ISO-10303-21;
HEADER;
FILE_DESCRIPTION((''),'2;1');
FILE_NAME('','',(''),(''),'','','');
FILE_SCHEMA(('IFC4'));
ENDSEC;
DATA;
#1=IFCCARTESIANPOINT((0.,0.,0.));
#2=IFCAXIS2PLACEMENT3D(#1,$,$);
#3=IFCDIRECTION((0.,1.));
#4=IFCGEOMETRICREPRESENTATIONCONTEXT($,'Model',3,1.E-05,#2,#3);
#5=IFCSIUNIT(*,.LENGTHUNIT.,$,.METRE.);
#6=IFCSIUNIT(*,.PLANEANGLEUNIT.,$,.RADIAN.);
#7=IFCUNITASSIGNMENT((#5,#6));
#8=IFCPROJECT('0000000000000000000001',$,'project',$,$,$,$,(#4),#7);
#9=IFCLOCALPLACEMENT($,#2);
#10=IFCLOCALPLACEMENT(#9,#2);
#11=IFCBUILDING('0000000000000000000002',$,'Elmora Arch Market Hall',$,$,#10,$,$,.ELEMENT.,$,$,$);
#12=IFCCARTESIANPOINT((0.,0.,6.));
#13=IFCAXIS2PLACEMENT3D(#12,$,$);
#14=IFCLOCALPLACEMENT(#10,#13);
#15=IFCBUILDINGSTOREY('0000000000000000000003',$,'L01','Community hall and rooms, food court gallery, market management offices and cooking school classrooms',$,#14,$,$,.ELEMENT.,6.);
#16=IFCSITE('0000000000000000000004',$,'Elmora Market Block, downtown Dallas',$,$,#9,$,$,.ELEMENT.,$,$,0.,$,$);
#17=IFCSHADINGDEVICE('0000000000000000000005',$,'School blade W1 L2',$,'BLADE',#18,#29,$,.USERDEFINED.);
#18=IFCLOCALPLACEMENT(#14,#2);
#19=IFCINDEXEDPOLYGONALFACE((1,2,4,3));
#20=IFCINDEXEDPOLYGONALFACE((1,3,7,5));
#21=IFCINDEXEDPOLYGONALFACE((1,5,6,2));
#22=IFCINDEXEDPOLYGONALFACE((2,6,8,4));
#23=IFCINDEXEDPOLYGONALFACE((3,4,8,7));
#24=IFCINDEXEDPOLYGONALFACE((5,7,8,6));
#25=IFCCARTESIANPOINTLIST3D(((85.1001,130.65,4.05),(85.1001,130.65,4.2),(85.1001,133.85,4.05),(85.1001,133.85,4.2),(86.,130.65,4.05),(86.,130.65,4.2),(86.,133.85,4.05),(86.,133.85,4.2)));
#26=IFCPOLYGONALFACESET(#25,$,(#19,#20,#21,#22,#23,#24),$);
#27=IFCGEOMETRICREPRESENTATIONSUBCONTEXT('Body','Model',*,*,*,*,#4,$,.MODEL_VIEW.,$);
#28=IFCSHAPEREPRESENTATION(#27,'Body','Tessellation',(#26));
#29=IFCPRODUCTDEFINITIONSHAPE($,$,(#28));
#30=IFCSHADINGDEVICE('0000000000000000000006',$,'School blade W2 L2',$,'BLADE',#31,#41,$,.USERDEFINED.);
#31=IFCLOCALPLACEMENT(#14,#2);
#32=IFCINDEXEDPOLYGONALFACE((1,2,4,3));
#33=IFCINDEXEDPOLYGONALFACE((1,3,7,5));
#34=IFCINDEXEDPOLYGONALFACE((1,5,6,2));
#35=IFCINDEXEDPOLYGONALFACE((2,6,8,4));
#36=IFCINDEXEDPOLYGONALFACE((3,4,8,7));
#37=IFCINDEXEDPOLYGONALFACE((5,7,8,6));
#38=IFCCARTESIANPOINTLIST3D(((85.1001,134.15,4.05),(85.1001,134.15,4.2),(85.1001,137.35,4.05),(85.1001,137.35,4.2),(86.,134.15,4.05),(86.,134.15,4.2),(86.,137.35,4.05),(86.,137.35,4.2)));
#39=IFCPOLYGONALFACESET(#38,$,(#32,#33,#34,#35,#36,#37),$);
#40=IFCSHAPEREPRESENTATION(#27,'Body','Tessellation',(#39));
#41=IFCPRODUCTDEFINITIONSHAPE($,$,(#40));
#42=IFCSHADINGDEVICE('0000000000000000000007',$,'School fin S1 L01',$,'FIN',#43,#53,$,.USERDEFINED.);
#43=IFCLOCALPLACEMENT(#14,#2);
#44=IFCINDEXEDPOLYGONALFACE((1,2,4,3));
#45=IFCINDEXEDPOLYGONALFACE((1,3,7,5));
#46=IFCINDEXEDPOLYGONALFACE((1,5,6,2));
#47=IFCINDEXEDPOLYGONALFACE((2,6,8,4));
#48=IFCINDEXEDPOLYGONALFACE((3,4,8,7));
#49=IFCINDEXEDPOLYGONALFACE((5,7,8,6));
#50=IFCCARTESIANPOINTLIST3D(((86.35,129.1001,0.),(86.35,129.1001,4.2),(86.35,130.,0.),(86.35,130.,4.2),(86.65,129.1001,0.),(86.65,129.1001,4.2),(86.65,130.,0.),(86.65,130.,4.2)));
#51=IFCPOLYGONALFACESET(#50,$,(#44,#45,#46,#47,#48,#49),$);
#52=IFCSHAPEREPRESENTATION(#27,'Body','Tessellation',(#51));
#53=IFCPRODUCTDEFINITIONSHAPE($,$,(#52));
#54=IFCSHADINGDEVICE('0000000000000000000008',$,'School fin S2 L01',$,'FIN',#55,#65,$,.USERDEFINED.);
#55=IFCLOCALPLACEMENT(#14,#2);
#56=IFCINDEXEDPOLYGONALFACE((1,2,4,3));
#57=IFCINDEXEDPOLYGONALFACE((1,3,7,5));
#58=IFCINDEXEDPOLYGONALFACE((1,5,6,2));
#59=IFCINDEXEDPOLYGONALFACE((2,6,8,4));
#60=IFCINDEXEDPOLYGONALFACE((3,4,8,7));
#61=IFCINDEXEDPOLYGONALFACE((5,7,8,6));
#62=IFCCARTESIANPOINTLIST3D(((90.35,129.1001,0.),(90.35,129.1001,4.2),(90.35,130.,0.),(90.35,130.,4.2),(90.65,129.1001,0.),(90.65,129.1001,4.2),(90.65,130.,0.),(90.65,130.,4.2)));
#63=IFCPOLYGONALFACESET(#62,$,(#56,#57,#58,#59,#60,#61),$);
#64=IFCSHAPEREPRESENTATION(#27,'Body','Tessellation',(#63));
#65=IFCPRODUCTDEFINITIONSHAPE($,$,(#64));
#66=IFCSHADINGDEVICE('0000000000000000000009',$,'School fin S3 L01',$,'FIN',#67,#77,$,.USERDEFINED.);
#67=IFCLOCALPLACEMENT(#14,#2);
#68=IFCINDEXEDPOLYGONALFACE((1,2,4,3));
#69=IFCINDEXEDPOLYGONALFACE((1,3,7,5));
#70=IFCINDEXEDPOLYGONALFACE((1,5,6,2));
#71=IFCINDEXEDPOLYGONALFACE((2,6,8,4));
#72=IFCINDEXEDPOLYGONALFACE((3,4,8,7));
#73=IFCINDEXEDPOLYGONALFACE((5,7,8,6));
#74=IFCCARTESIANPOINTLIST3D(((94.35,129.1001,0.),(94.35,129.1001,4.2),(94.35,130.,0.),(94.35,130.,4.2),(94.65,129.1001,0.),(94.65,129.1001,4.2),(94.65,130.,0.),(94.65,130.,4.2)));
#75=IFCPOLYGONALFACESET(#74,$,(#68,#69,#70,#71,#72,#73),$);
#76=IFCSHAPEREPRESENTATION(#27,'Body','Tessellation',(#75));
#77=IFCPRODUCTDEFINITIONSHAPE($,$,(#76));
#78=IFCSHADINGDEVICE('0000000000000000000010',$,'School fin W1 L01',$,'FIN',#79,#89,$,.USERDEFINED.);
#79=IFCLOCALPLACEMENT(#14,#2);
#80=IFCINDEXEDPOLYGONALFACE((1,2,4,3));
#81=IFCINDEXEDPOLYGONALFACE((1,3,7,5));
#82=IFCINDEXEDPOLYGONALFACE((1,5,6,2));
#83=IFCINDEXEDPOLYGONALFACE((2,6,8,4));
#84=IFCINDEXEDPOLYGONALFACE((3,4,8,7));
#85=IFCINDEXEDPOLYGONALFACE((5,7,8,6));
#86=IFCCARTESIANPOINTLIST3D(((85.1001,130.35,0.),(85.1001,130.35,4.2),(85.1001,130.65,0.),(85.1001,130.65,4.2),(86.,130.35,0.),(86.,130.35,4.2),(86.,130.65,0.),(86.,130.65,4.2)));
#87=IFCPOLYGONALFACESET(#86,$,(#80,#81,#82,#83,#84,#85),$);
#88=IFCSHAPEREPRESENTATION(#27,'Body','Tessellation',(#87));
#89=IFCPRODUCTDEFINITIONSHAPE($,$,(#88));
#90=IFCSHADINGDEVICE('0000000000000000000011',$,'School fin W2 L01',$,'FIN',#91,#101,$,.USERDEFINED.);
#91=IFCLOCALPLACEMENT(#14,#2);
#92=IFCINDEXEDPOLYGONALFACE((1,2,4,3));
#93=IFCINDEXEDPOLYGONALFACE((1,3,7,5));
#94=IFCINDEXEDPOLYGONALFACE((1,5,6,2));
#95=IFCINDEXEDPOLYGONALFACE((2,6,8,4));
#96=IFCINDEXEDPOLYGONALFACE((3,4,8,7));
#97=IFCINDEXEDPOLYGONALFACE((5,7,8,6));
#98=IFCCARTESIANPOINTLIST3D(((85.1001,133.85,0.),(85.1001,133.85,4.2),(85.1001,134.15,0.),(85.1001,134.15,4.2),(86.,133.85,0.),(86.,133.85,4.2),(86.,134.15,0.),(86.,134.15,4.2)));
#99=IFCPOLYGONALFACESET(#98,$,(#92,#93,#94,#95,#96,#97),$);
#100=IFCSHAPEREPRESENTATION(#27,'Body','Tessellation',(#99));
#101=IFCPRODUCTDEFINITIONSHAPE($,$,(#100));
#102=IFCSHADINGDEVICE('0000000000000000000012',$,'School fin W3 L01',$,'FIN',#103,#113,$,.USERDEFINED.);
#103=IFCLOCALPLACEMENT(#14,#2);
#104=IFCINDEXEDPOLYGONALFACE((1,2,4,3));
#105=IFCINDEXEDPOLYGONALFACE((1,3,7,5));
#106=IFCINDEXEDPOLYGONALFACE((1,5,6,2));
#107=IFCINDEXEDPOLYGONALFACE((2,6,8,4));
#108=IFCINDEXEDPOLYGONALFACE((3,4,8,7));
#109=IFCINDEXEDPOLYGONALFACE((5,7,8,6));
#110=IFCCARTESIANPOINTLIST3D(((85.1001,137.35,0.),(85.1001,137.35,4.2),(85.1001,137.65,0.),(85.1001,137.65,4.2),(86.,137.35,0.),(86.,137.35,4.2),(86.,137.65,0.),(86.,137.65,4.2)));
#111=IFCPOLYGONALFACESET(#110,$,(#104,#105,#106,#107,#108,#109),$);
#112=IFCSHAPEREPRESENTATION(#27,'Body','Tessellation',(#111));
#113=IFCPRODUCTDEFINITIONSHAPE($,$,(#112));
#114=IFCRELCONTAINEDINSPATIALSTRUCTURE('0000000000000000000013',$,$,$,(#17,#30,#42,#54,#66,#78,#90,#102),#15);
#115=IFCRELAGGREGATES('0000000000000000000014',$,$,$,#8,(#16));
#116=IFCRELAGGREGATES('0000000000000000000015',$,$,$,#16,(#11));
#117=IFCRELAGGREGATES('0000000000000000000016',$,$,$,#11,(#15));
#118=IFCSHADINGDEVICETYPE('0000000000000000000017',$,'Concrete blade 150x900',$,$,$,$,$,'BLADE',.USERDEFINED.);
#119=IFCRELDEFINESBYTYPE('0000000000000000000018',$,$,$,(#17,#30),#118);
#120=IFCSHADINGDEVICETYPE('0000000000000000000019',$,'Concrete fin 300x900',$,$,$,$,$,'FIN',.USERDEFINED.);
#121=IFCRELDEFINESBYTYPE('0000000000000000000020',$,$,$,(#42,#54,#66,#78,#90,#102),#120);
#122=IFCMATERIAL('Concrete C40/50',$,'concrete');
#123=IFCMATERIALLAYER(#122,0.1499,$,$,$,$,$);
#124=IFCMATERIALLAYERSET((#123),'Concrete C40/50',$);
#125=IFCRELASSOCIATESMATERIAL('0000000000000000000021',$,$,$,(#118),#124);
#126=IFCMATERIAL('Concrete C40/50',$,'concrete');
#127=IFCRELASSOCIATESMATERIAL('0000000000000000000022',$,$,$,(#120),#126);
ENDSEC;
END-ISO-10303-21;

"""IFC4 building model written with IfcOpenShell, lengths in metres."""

from ifc_helpers import new_model, si_unit, direction, frame, origin, origin_2d, place, context, subcontext, project, spatial, rectangle, extrude, material, layer, layer_set, type_object, element, save


model = new_model("IFC4")

# Units and contexts
model_context = context("Model", 3, precision=1e-05, world=origin(), true_north=direction((0.0, 1.0)))
body_context = subcontext(model_context, "Body", "Model", "MODEL_VIEW")
ifc_project = project(units=[si_unit("LENGTHUNIT", "METRE"), si_unit("PLANEANGLEUNIT", "RADIAN")], contexts=[model_context])

# Site, building, storey
site_placement = place(None, origin())
site = spatial("IfcSite", under=ifc_project, at=site_placement, Name="Elmora Market Block, downtown Dallas", CompositionType="ELEMENT", RefElevation=0.0)
building_placement = place(site_placement, origin())
building = spatial("IfcBuilding", under=site, at=building_placement, Name="Elmora Arch Market Hall", CompositionType="ELEMENT")
storey_placement = place(building_placement, frame((0.0, 0.0, 6.0)))
storey = spatial("IfcBuildingStorey", under=building, at=storey_placement, Name="L01", Description="Community hall and rooms, food court gallery, market management offices and cooking school classrooms", CompositionType="ELEMENT", Elevation=6.0)

# Shading devices
ifc_material_1 = material(Name="Concrete C40/50", Category="concrete")
ifc_layer_1 = layer(ifc_material_1, 0.1499)
ifc_layer_set_1 = layer_set([ifc_layer_1], Name="Concrete C40/50")
shading_device_type_1 = type_object("IfcShadingDeviceType", Name="Concrete blade 150x900", ElementType="BLADE", PredefinedType="USERDEFINED", material=ifc_layer_set_1)
for number, where, z_axis, x_axis, name in (
    (1, (85.55, 132.25, 4.05), (0.0, 0.0, 1.0), (1.0, 0.0, 0.0), "School blade W1 L2"),
    (2, (85.55, 135.75, 4.05), (0.0, 0.0, 1.0), (1.0, 0.0, 0.0), "School blade W2 L2"),
):
    element("IfcShadingDevice", number, at=place(storey_placement, frame(where, z_axis=z_axis, x_axis=x_axis)), inside=storey, type_object=shading_device_type_1, Name=name, ObjectType="BLADE", PredefinedType="USERDEFINED", context=body_context, shape_type="SweptSolid", body=[
        extrude(rectangle(XDim=0.8999, YDim=3.2, at=origin_2d()), origin(), (0.0, 0.0, 1.0), 0.1499),
    ])
ifc_material_2 = material(Name="Concrete C40/50", Category="concrete")
shading_device_type_2 = type_object("IfcShadingDeviceType", Name="Concrete fin 300x900", ElementType="FIN", PredefinedType="USERDEFINED", material=ifc_material_2)
for number, where, z_axis, x_axis, name in (
    (3, (86.5, 129.55, 0.0), (0.0, 0.0, 1.0), (1.0, 0.0, 0.0), "School fin S1 L01"),
    (4, (90.5, 129.55, 0.0), (0.0, 0.0, 1.0), (1.0, 0.0, 0.0), "School fin S2 L01"),
    (5, (94.5, 129.55, 0.0), (0.0, 0.0, 1.0), (1.0, 0.0, 0.0), "School fin S3 L01"),
):
    element("IfcShadingDevice", number, at=place(storey_placement, frame(where, z_axis=z_axis, x_axis=x_axis)), inside=storey, type_object=shading_device_type_2, Name=name, ObjectType="FIN", PredefinedType="USERDEFINED", context=body_context, shape_type="SweptSolid", body=[
        extrude(rectangle(XDim=0.3, YDim=0.8999, at=origin_2d()), origin(), (0.0, 0.0, 1.0), 4.2),
    ])
for number, where, z_axis, x_axis, name in (
    (6, (85.55, 130.5, 0.0), (0.0, 0.0, 1.0), (1.0, 0.0, 0.0), "School fin W1 L01"),
    (7, (85.55, 134.0, 0.0), (0.0, 0.0, 1.0), (1.0, 0.0, 0.0), "School fin W2 L01"),
    (8, (85.55, 137.5, 0.0), (0.0, 0.0, 1.0), (1.0, 0.0, 0.0), "School fin W3 L01"),
):
    element("IfcShadingDevice", number, at=place(storey_placement, frame(where, z_axis=z_axis, x_axis=x_axis)), inside=storey, type_object=shading_device_type_2, Name=name, ObjectType="FIN", PredefinedType="USERDEFINED", context=body_context, shape_type="SweptSolid", body=[
        extrude(rectangle(XDim=0.8999, YDim=0.3, at=origin_2d()), origin(), (0.0, 0.0, 1.0), 4.2),
    ])

save(model, "model.ifc")
